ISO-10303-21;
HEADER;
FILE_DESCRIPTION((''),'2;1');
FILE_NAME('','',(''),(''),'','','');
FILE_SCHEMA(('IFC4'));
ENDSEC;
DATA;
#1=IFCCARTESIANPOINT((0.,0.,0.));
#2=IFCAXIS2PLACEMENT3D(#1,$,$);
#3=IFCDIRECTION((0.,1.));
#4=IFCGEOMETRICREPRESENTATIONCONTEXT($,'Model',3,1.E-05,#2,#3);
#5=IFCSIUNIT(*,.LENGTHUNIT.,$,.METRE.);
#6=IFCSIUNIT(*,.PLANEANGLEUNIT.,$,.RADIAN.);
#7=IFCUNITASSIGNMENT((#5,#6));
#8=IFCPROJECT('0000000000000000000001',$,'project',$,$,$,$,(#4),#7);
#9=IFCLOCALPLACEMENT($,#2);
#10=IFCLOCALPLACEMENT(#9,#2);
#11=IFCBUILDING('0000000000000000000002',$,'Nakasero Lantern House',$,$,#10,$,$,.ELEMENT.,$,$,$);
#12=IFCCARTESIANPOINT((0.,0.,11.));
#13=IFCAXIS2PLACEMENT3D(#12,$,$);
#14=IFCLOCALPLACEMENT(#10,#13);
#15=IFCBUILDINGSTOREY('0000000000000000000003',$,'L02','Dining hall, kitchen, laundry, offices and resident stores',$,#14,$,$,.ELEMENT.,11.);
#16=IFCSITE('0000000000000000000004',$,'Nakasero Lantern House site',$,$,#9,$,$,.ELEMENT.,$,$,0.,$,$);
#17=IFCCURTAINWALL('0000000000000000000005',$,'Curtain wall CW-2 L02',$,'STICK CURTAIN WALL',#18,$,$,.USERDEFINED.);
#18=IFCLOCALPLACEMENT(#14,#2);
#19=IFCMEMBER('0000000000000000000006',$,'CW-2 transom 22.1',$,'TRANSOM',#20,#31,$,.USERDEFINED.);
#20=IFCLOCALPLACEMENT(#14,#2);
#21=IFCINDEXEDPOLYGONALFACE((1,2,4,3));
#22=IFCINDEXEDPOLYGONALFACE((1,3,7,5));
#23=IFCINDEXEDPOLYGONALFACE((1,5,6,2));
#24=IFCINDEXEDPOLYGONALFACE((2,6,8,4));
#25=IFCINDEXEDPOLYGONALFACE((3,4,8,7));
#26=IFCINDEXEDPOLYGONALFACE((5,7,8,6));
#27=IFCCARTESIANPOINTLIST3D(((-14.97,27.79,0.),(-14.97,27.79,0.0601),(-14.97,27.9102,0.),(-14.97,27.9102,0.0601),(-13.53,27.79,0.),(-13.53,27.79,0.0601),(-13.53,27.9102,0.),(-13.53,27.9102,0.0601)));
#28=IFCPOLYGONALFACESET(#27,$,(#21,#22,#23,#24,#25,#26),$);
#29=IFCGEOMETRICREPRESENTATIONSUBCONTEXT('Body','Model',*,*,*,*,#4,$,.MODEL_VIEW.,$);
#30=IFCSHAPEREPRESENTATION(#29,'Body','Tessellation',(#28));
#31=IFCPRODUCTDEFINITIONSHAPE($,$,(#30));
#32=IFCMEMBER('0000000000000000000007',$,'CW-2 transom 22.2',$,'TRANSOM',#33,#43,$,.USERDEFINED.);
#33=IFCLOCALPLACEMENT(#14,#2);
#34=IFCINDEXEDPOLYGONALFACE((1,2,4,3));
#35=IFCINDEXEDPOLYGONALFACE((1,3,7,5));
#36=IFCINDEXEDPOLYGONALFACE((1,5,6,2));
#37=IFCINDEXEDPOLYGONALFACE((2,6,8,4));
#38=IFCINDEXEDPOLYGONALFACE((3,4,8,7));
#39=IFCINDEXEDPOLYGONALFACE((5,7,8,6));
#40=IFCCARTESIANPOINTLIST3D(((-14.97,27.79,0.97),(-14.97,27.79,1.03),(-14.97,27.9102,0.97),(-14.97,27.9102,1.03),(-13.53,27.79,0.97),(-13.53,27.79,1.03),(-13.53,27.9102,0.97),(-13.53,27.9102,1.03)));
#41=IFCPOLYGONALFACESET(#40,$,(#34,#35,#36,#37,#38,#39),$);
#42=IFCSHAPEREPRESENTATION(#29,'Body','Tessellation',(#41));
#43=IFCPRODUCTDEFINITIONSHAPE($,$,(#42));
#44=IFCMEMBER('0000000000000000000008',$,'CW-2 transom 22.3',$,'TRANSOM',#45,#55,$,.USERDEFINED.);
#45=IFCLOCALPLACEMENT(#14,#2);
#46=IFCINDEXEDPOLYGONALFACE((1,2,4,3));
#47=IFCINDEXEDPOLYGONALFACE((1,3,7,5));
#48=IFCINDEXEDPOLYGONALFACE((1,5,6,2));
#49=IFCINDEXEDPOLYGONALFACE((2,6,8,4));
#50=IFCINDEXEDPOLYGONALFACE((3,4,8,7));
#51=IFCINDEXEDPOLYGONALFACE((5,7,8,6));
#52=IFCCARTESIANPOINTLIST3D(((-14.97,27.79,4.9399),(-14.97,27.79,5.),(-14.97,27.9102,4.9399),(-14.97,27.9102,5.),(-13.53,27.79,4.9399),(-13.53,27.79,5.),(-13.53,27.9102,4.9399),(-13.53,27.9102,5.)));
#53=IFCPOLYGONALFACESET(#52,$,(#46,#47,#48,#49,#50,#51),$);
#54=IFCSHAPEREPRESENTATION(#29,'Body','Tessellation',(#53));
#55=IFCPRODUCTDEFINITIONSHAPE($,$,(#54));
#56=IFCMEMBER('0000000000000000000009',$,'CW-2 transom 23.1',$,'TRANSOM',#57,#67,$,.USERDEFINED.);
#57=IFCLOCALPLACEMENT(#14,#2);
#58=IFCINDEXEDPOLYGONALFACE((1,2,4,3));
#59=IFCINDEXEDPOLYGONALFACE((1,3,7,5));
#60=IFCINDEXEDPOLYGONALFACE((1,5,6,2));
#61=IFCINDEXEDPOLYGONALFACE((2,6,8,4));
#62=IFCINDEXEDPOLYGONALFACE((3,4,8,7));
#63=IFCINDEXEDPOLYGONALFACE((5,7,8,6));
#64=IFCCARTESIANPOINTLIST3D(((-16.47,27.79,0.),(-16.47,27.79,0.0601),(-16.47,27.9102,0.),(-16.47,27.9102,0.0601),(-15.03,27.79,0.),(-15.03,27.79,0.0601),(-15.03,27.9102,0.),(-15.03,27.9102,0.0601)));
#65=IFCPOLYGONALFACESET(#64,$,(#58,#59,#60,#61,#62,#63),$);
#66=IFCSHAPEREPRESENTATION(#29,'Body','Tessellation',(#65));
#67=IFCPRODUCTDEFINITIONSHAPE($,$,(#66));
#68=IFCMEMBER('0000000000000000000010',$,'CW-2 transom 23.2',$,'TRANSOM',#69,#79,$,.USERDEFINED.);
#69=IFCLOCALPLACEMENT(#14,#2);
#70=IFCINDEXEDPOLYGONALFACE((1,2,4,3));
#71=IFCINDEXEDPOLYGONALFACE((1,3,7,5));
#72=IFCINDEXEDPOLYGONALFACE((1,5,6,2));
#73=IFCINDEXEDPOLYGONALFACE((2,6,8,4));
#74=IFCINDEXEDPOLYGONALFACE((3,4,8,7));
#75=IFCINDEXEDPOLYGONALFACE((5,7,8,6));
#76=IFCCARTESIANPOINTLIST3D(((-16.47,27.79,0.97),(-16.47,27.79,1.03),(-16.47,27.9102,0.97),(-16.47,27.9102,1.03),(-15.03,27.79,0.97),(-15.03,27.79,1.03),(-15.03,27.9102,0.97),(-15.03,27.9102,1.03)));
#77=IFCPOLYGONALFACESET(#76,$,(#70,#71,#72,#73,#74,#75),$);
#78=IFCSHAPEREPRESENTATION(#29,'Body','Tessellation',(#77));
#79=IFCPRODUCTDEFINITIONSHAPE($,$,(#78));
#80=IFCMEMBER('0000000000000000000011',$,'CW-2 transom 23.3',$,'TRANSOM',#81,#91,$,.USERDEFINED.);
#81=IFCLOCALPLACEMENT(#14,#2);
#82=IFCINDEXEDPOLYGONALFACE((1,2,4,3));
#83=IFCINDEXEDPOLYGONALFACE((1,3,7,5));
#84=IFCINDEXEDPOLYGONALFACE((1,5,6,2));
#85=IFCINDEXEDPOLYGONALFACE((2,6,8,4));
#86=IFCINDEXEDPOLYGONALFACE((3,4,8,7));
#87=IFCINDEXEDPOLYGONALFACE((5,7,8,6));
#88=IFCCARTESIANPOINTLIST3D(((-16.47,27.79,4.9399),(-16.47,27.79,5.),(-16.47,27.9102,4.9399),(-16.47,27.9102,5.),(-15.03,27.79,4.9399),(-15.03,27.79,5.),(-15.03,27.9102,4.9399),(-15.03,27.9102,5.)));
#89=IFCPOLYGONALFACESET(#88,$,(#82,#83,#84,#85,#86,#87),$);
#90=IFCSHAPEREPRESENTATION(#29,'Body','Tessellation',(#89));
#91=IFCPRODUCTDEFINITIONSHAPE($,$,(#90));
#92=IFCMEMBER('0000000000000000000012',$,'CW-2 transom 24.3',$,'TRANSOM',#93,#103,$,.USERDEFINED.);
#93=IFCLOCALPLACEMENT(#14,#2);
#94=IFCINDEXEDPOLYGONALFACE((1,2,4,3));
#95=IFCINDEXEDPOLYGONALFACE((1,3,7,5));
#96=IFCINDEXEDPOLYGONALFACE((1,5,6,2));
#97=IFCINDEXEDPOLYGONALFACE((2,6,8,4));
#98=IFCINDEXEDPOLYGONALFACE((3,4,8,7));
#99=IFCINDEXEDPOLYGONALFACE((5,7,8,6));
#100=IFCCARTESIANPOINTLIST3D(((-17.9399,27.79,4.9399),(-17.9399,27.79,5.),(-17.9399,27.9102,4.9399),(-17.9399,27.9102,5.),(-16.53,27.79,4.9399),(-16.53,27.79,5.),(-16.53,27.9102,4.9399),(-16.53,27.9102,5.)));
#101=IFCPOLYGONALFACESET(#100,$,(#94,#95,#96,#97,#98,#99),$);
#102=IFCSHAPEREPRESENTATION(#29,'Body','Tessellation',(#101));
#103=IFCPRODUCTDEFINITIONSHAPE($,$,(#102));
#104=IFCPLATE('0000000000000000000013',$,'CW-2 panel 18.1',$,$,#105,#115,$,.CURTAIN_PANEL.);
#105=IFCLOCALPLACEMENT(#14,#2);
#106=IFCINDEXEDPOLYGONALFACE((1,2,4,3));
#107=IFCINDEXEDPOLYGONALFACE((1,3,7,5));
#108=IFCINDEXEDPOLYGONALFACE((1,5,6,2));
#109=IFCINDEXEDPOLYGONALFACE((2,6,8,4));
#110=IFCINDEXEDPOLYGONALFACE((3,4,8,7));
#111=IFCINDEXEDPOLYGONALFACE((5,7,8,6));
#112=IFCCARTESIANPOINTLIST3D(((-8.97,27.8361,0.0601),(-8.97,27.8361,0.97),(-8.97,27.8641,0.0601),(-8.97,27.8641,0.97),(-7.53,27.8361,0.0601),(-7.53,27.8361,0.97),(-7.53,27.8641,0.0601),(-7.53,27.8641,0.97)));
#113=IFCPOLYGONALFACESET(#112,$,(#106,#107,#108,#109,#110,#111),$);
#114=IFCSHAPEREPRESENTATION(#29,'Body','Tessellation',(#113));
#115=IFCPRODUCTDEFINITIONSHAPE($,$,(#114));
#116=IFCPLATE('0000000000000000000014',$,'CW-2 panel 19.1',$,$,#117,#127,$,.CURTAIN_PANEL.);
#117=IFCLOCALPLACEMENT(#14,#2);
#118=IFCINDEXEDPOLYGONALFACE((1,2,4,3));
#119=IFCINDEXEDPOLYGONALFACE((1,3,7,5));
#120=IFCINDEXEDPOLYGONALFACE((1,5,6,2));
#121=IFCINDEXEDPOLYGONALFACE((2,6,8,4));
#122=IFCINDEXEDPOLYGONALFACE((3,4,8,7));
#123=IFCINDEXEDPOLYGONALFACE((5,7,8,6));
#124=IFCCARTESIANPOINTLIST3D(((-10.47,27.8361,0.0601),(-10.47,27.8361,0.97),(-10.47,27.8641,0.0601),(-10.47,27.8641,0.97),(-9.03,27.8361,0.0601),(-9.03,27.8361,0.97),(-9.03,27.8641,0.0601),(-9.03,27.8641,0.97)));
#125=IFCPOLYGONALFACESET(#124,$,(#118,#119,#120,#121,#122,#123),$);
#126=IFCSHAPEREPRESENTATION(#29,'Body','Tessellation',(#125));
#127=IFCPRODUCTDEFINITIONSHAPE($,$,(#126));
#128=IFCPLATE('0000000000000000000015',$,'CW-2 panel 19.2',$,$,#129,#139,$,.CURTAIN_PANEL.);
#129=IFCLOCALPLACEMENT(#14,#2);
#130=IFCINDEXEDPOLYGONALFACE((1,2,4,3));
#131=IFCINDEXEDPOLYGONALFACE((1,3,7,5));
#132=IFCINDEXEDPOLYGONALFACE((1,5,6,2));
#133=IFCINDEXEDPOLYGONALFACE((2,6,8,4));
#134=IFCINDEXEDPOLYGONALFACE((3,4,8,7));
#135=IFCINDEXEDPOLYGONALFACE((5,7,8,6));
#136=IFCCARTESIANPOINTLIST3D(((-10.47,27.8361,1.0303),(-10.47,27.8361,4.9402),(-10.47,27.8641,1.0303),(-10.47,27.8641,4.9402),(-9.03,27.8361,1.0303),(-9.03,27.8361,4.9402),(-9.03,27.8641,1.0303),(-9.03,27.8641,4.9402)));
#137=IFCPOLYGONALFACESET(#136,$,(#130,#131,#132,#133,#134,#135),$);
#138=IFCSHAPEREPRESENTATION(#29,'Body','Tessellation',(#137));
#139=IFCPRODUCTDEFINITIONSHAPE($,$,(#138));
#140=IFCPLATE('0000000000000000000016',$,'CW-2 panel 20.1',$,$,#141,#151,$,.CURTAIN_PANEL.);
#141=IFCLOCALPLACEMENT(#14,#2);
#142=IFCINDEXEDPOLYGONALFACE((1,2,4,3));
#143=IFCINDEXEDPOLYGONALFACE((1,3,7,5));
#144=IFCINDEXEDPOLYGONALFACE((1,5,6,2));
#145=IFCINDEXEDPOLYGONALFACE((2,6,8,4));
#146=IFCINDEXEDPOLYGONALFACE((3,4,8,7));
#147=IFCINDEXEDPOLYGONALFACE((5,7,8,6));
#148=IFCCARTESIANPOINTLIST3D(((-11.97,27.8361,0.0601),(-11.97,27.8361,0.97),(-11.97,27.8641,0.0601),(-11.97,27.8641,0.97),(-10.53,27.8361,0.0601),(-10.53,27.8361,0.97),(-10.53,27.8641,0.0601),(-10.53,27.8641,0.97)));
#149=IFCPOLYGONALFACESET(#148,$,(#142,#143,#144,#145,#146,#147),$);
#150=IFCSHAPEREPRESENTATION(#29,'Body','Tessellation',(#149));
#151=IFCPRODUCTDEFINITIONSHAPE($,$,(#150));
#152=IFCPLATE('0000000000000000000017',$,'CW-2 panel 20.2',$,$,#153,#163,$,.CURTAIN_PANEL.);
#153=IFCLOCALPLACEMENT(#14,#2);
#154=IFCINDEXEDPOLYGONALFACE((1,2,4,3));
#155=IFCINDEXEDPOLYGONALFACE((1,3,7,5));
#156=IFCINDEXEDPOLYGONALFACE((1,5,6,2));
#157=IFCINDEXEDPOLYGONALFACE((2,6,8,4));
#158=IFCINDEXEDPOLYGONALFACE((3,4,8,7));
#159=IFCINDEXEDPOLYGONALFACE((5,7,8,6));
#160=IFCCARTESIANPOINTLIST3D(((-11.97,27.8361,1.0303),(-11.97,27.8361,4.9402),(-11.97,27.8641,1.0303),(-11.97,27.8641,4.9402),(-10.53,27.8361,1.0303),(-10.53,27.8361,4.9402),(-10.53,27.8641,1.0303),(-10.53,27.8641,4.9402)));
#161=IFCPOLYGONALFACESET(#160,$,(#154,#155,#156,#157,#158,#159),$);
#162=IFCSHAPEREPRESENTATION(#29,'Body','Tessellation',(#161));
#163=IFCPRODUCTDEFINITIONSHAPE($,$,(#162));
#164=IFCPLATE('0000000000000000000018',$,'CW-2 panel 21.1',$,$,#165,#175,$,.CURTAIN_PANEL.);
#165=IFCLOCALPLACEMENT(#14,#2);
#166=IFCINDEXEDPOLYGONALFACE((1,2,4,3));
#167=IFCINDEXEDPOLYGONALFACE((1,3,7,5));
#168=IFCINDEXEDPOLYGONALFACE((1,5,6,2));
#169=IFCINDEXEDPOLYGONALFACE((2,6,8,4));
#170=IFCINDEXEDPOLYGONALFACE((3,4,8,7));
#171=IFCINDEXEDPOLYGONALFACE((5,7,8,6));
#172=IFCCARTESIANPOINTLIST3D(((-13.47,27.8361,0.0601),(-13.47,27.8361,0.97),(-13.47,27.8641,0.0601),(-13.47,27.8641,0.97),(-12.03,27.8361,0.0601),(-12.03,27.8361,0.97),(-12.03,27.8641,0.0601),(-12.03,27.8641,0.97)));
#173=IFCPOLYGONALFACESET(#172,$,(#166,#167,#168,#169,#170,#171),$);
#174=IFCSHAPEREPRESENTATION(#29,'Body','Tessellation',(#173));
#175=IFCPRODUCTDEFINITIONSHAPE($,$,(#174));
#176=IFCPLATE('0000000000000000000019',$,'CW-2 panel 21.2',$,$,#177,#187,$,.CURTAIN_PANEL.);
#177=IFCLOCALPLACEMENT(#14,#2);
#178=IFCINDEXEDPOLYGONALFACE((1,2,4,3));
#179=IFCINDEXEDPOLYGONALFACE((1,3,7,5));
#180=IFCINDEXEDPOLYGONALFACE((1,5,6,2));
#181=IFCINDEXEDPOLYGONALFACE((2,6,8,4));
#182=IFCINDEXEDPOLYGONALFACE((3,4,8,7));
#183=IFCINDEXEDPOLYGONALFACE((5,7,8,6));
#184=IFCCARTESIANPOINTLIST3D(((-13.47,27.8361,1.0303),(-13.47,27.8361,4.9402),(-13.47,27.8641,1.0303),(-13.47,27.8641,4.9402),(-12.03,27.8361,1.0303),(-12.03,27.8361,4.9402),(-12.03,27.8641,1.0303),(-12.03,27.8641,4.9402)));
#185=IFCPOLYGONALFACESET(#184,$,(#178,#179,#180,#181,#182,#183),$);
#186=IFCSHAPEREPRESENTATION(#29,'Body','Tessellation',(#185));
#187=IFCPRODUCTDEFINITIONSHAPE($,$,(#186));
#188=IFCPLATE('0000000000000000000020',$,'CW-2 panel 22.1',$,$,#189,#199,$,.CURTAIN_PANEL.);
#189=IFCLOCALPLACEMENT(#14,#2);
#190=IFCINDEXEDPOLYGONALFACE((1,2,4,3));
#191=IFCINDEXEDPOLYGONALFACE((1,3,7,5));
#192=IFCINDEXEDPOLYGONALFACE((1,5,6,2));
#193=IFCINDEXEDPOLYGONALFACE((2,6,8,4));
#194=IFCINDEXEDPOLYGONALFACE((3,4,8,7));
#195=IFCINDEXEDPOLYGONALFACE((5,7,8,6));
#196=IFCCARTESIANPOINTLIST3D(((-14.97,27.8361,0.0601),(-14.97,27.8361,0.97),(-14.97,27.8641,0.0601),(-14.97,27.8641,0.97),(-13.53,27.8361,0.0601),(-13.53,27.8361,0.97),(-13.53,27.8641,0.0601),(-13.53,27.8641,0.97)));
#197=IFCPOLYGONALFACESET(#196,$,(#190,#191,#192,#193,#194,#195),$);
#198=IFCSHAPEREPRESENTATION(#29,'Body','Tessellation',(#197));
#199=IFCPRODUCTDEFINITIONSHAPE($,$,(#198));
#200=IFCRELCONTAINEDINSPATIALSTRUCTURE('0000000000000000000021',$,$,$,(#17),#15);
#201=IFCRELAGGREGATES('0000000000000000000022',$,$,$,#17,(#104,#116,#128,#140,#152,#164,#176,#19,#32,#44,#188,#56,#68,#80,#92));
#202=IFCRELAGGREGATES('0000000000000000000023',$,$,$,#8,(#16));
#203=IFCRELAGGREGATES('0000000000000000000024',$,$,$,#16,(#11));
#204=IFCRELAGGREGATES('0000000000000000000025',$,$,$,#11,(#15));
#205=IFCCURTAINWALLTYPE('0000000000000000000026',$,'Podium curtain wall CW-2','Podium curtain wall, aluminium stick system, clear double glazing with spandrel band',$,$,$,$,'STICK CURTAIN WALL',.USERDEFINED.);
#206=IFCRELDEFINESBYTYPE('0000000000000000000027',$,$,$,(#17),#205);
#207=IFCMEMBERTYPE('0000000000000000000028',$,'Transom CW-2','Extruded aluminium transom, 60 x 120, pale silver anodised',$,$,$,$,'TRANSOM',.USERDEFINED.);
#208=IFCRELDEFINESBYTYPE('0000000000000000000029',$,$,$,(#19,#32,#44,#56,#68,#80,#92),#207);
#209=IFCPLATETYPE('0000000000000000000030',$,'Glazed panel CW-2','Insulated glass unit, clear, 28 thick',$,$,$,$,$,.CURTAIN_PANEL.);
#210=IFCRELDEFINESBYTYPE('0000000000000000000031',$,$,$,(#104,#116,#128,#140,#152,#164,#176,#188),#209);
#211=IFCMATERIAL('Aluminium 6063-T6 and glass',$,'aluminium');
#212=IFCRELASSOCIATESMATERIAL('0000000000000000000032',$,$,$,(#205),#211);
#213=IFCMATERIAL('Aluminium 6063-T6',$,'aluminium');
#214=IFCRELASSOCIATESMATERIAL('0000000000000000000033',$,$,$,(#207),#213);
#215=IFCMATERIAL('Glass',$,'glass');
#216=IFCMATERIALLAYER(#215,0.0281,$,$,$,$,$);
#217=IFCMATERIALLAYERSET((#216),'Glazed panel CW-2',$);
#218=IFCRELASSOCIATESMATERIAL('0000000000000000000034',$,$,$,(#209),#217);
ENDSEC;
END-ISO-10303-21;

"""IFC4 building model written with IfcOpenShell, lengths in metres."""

from ifc_helpers import new_model, si_unit, direction, frame, origin, origin_2d, place, context, subcontext, project, spatial, rectangle, extrude, material, layer, layer_set, material_profile, profile_set, type_object, element, aggregate, save


model = new_model("IFC4")

# Units and contexts
model_context = context("Model", 3, precision=1e-05, world=origin(), true_north=direction((0.0, 1.0)))
body_context = subcontext(model_context, "Body", "Model", "MODEL_VIEW")
ifc_project = project(units=[si_unit("LENGTHUNIT", "METRE"), si_unit("PLANEANGLEUNIT", "RADIAN")], contexts=[model_context])

# Site, building, storey
site_placement = place(None, origin())
site = spatial("IfcSite", under=ifc_project, at=site_placement, Name="Nakasero Lantern House site", CompositionType="ELEMENT", RefElevation=0.0)
building_placement = place(site_placement, origin())
building = spatial("IfcBuilding", under=site, at=building_placement, Name="Nakasero Lantern House", CompositionType="ELEMENT")
storey_placement = place(building_placement, frame((0.0, 0.0, 11.0)))
storey = spatial("IfcBuildingStorey", under=building, at=storey_placement, Name="L02", Description="Dining hall, kitchen, laundry, offices and resident stores", CompositionType="ELEMENT", Elevation=11.0)

# Curtain wall, members, plates
ifc_material_1 = material(Name="Aluminium 6063-T6 and glass", Category="aluminium")
curtain_wall_type = type_object("IfcCurtainWallType", Name="Podium curtain wall CW-2", Description="Podium curtain wall, aluminium stick system, clear double glazing with spandrel band", ElementType="STICK CURTAIN WALL", PredefinedType="USERDEFINED", material=ifc_material_1)
curtain_wall_placement = place(storey_placement, origin())
curtain_wall = element("IfcCurtainWall", 1, at=curtain_wall_placement, inside=storey, type_object=curtain_wall_type, Name="Curtain wall CW-2 L02", ObjectType="STICK CURTAIN WALL", PredefinedType="USERDEFINED")
ifc_material_2 = material(Name="Aluminium 6063-T6", Category="aluminium")
ifc_material_profile_1 = material_profile(ifc_material_2, rectangle(XDim=0.0601, YDim=0.1201, at=origin_2d()), Name="CW-2 transom 60x120")
ifc_profile_set_1 = profile_set([ifc_material_profile_1], Name="Aluminium 6063-T6")
member_type_1 = type_object("IfcMemberType", Name="Transom CW-2", Description="Extruded aluminium transom, 60 x 120, pale silver anodised", ElementType="TRANSOM", PredefinedType="USERDEFINED", material=ifc_profile_set_1)
member_1_placement = place(storey_placement, frame((-13.53, 27.8501, 0.03), z_axis=(-1.0, 0.0, 0.0), x_axis=(0.0, 0.0, 1.0)))
member_1 = element("IfcMember", 2, at=member_1_placement, type_object=member_type_1, Name="CW-2 transom 22.1", ObjectType="TRANSOM", PredefinedType="USERDEFINED", context=body_context, shape_type="SweptSolid", body=[
    extrude(rectangle(XDim=0.0601, YDim=0.1201, at=origin_2d()), origin(), (0.0, 0.0, 1.0), 1.4399),
])
member_2_placement = place(storey_placement, frame((-13.53, 27.8501, 1.0), z_axis=(-1.0, 0.0, 0.0), x_axis=(0.0, 0.0, 1.0)))
member_2 = element("IfcMember", 3, at=member_2_placement, type_object=member_type_1, Name="CW-2 transom 22.2", ObjectType="TRANSOM", PredefinedType="USERDEFINED", context=body_context, shape_type="SweptSolid", body=[
    extrude(rectangle(XDim=0.0601, YDim=0.1201, at=origin_2d()), origin(), (0.0, 0.0, 1.0), 1.4399),
])
member_3_placement = place(storey_placement, frame((-13.53, 27.8501, 4.97), z_axis=(-1.0, 0.0, 0.0), x_axis=(0.0, 0.0, 1.0)))
member_3 = element("IfcMember", 4, at=member_3_placement, type_object=member_type_1, Name="CW-2 transom 22.3", ObjectType="TRANSOM", PredefinedType="USERDEFINED", context=body_context, shape_type="SweptSolid", body=[
    extrude(rectangle(XDim=0.0601, YDim=0.1201, at=origin_2d()), origin(), (0.0, 0.0, 1.0), 1.4399),
])
member_4_placement = place(storey_placement, frame((-15.03, 27.8501, 0.03), z_axis=(-1.0, 0.0, 0.0), x_axis=(0.0, 0.0, 1.0)))
member_4 = element("IfcMember", 5, at=member_4_placement, type_object=member_type_1, Name="CW-2 transom 23.1", ObjectType="TRANSOM", PredefinedType="USERDEFINED", context=body_context, shape_type="SweptSolid", body=[
    extrude(rectangle(XDim=0.0601, YDim=0.1201, at=origin_2d()), origin(), (0.0, 0.0, 1.0), 1.4399),
])
member_5_placement = place(storey_placement, frame((-15.03, 27.8501, 1.0), z_axis=(-1.0, 0.0, 0.0), x_axis=(0.0, 0.0, 1.0)))
member_5 = element("IfcMember", 6, at=member_5_placement, type_object=member_type_1, Name="CW-2 transom 23.2", ObjectType="TRANSOM", PredefinedType="USERDEFINED", context=body_context, shape_type="SweptSolid", body=[
    extrude(rectangle(XDim=0.0601, YDim=0.1201, at=origin_2d()), origin(), (0.0, 0.0, 1.0), 1.4399),
])
member_6_placement = place(storey_placement, frame((-15.03, 27.8501, 4.97), z_axis=(-1.0, 0.0, 0.0), x_axis=(0.0, 0.0, 1.0)))
member_6 = element("IfcMember", 7, at=member_6_placement, type_object=member_type_1, Name="CW-2 transom 23.3", ObjectType="TRANSOM", PredefinedType="USERDEFINED", context=body_context, shape_type="SweptSolid", body=[
    extrude(rectangle(XDim=0.0601, YDim=0.1201, at=origin_2d()), origin(), (0.0, 0.0, 1.0), 1.4399),
])
member_7_placement = place(storey_placement, frame((-16.53, 27.8501, 4.97), z_axis=(-1.0, 0.0, 0.0), x_axis=(0.0, 0.0, 1.0)))
member_7 = element("IfcMember", 8, at=member_7_placement, type_object=member_type_1, Name="CW-2 transom 24.3", ObjectType="TRANSOM", PredefinedType="USERDEFINED", context=body_context, shape_type="SweptSolid", body=[
    extrude(rectangle(XDim=0.0601, YDim=0.1201, at=origin_2d()), origin(), (0.0, 0.0, 1.0), 1.4099),
])
ifc_material_3 = material(Name="Glass", Category="glass")
ifc_layer = layer(ifc_material_3, 0.0281)
ifc_layer_set = layer_set([ifc_layer], Name="Glazed panel CW-2")
plate_type = type_object("IfcPlateType", Name="Glazed panel CW-2", Description="Insulated glass unit, clear, 28 thick", PredefinedType="CURTAIN_PANEL", material=ifc_layer_set)
plate_1_placement = place(storey_placement, frame((-8.25, 27.8501, 0.0601), z_axis=(0.0, 0.0, 1.0), x_axis=(-1.0, 0.0, 0.0)))
plate_1 = element("IfcPlate", 9, at=plate_1_placement, type_object=plate_type, Name="CW-2 panel 18.1", PredefinedType="CURTAIN_PANEL", context=body_context, shape_type="SweptSolid", body=[
    extrude(rectangle(XDim=1.4399, YDim=0.0281, at=origin_2d()), origin(), (0.0, 0.0, 1.0), 0.9099),
])
plate_2_placement = place(storey_placement, frame((-9.75, 27.8501, 0.0601), z_axis=(0.0, 0.0, 1.0), x_axis=(-1.0, 0.0, 0.0)))
plate_2 = element("IfcPlate", 10, at=plate_2_placement, type_object=plate_type, Name="CW-2 panel 19.1", PredefinedType="CURTAIN_PANEL", context=body_context, shape_type="SweptSolid", body=[
    extrude(rectangle(XDim=1.4399, YDim=0.0281, at=origin_2d()), origin(), (0.0, 0.0, 1.0), 0.9099),
])
plate_3_placement = place(storey_placement, frame((-9.75, 27.8501, 1.0303), z_axis=(0.0, 0.0, 1.0), x_axis=(-1.0, 0.0, 0.0)))
plate_3 = element("IfcPlate", 11, at=plate_3_placement, type_object=plate_type, Name="CW-2 panel 19.2", PredefinedType="CURTAIN_PANEL", context=body_context, shape_type="SweptSolid", body=[
    extrude(rectangle(XDim=1.4399, YDim=0.0281, at=origin_2d()), origin(), (0.0, 0.0, 1.0), 3.9099),
])
plate_4_placement = place(storey_placement, frame((-11.25, 27.8501, 0.0601), z_axis=(0.0, 0.0, 1.0), x_axis=(-1.0, 0.0, 0.0)))
plate_4 = element("IfcPlate", 12, at=plate_4_placement, type_object=plate_type, Name="CW-2 panel 20.1", PredefinedType="CURTAIN_PANEL", context=body_context, shape_type="SweptSolid", body=[
    extrude(rectangle(XDim=1.4399, YDim=0.0281, at=origin_2d()), origin(), (0.0, 0.0, 1.0), 0.9099),
])
plate_5_placement = place(storey_placement, frame((-11.25, 27.8501, 1.0303), z_axis=(0.0, 0.0, 1.0), x_axis=(-1.0, 0.0, 0.0)))
plate_5 = element("IfcPlate", 13, at=plate_5_placement, type_object=plate_type, Name="CW-2 panel 20.2", PredefinedType="CURTAIN_PANEL", context=body_context, shape_type="SweptSolid", body=[
    extrude(rectangle(XDim=1.4399, YDim=0.0281, at=origin_2d()), origin(), (0.0, 0.0, 1.0), 3.9099),
])
plate_6_placement = place(storey_placement, frame((-12.75, 27.8501, 0.0601), z_axis=(0.0, 0.0, 1.0), x_axis=(-1.0, 0.0, 0.0)))
plate_6 = element("IfcPlate", 14, at=plate_6_placement, type_object=plate_type, Name="CW-2 panel 21.1", PredefinedType="CURTAIN_PANEL", context=body_context, shape_type="SweptSolid", body=[
    extrude(rectangle(XDim=1.4399, YDim=0.0281, at=origin_2d()), origin(), (0.0, 0.0, 1.0), 0.9099),
])
plate_7_placement = place(storey_placement, frame((-12.75, 27.8501, 1.0303), z_axis=(0.0, 0.0, 1.0), x_axis=(-1.0, 0.0, 0.0)))
plate_7 = element("IfcPlate", 15, at=plate_7_placement, type_object=plate_type, Name="CW-2 panel 21.2", PredefinedType="CURTAIN_PANEL", context=body_context, shape_type="SweptSolid", body=[
    extrude(rectangle(XDim=1.4399, YDim=0.0281, at=origin_2d()), origin(), (0.0, 0.0, 1.0), 3.9099),
])
plate_8_placement = place(storey_placement, frame((-14.25, 27.8501, 0.0601), z_axis=(0.0, 0.0, 1.0), x_axis=(-1.0, 0.0, 0.0)))
plate_8 = element("IfcPlate", 16, at=plate_8_placement, type_object=plate_type, Name="CW-2 panel 22.1", PredefinedType="CURTAIN_PANEL", context=body_context, shape_type="SweptSolid", body=[
    extrude(rectangle(XDim=1.4399, YDim=0.0281, at=origin_2d()), origin(), (0.0, 0.0, 1.0), 0.9099),
])
aggregate(curtain_wall, [plate_1, plate_2, plate_3, plate_4, plate_5, plate_6, plate_7, member_1, member_2, member_3, plate_8, member_4, member_5, member_6, member_7])

save(model, "model.ifc")
